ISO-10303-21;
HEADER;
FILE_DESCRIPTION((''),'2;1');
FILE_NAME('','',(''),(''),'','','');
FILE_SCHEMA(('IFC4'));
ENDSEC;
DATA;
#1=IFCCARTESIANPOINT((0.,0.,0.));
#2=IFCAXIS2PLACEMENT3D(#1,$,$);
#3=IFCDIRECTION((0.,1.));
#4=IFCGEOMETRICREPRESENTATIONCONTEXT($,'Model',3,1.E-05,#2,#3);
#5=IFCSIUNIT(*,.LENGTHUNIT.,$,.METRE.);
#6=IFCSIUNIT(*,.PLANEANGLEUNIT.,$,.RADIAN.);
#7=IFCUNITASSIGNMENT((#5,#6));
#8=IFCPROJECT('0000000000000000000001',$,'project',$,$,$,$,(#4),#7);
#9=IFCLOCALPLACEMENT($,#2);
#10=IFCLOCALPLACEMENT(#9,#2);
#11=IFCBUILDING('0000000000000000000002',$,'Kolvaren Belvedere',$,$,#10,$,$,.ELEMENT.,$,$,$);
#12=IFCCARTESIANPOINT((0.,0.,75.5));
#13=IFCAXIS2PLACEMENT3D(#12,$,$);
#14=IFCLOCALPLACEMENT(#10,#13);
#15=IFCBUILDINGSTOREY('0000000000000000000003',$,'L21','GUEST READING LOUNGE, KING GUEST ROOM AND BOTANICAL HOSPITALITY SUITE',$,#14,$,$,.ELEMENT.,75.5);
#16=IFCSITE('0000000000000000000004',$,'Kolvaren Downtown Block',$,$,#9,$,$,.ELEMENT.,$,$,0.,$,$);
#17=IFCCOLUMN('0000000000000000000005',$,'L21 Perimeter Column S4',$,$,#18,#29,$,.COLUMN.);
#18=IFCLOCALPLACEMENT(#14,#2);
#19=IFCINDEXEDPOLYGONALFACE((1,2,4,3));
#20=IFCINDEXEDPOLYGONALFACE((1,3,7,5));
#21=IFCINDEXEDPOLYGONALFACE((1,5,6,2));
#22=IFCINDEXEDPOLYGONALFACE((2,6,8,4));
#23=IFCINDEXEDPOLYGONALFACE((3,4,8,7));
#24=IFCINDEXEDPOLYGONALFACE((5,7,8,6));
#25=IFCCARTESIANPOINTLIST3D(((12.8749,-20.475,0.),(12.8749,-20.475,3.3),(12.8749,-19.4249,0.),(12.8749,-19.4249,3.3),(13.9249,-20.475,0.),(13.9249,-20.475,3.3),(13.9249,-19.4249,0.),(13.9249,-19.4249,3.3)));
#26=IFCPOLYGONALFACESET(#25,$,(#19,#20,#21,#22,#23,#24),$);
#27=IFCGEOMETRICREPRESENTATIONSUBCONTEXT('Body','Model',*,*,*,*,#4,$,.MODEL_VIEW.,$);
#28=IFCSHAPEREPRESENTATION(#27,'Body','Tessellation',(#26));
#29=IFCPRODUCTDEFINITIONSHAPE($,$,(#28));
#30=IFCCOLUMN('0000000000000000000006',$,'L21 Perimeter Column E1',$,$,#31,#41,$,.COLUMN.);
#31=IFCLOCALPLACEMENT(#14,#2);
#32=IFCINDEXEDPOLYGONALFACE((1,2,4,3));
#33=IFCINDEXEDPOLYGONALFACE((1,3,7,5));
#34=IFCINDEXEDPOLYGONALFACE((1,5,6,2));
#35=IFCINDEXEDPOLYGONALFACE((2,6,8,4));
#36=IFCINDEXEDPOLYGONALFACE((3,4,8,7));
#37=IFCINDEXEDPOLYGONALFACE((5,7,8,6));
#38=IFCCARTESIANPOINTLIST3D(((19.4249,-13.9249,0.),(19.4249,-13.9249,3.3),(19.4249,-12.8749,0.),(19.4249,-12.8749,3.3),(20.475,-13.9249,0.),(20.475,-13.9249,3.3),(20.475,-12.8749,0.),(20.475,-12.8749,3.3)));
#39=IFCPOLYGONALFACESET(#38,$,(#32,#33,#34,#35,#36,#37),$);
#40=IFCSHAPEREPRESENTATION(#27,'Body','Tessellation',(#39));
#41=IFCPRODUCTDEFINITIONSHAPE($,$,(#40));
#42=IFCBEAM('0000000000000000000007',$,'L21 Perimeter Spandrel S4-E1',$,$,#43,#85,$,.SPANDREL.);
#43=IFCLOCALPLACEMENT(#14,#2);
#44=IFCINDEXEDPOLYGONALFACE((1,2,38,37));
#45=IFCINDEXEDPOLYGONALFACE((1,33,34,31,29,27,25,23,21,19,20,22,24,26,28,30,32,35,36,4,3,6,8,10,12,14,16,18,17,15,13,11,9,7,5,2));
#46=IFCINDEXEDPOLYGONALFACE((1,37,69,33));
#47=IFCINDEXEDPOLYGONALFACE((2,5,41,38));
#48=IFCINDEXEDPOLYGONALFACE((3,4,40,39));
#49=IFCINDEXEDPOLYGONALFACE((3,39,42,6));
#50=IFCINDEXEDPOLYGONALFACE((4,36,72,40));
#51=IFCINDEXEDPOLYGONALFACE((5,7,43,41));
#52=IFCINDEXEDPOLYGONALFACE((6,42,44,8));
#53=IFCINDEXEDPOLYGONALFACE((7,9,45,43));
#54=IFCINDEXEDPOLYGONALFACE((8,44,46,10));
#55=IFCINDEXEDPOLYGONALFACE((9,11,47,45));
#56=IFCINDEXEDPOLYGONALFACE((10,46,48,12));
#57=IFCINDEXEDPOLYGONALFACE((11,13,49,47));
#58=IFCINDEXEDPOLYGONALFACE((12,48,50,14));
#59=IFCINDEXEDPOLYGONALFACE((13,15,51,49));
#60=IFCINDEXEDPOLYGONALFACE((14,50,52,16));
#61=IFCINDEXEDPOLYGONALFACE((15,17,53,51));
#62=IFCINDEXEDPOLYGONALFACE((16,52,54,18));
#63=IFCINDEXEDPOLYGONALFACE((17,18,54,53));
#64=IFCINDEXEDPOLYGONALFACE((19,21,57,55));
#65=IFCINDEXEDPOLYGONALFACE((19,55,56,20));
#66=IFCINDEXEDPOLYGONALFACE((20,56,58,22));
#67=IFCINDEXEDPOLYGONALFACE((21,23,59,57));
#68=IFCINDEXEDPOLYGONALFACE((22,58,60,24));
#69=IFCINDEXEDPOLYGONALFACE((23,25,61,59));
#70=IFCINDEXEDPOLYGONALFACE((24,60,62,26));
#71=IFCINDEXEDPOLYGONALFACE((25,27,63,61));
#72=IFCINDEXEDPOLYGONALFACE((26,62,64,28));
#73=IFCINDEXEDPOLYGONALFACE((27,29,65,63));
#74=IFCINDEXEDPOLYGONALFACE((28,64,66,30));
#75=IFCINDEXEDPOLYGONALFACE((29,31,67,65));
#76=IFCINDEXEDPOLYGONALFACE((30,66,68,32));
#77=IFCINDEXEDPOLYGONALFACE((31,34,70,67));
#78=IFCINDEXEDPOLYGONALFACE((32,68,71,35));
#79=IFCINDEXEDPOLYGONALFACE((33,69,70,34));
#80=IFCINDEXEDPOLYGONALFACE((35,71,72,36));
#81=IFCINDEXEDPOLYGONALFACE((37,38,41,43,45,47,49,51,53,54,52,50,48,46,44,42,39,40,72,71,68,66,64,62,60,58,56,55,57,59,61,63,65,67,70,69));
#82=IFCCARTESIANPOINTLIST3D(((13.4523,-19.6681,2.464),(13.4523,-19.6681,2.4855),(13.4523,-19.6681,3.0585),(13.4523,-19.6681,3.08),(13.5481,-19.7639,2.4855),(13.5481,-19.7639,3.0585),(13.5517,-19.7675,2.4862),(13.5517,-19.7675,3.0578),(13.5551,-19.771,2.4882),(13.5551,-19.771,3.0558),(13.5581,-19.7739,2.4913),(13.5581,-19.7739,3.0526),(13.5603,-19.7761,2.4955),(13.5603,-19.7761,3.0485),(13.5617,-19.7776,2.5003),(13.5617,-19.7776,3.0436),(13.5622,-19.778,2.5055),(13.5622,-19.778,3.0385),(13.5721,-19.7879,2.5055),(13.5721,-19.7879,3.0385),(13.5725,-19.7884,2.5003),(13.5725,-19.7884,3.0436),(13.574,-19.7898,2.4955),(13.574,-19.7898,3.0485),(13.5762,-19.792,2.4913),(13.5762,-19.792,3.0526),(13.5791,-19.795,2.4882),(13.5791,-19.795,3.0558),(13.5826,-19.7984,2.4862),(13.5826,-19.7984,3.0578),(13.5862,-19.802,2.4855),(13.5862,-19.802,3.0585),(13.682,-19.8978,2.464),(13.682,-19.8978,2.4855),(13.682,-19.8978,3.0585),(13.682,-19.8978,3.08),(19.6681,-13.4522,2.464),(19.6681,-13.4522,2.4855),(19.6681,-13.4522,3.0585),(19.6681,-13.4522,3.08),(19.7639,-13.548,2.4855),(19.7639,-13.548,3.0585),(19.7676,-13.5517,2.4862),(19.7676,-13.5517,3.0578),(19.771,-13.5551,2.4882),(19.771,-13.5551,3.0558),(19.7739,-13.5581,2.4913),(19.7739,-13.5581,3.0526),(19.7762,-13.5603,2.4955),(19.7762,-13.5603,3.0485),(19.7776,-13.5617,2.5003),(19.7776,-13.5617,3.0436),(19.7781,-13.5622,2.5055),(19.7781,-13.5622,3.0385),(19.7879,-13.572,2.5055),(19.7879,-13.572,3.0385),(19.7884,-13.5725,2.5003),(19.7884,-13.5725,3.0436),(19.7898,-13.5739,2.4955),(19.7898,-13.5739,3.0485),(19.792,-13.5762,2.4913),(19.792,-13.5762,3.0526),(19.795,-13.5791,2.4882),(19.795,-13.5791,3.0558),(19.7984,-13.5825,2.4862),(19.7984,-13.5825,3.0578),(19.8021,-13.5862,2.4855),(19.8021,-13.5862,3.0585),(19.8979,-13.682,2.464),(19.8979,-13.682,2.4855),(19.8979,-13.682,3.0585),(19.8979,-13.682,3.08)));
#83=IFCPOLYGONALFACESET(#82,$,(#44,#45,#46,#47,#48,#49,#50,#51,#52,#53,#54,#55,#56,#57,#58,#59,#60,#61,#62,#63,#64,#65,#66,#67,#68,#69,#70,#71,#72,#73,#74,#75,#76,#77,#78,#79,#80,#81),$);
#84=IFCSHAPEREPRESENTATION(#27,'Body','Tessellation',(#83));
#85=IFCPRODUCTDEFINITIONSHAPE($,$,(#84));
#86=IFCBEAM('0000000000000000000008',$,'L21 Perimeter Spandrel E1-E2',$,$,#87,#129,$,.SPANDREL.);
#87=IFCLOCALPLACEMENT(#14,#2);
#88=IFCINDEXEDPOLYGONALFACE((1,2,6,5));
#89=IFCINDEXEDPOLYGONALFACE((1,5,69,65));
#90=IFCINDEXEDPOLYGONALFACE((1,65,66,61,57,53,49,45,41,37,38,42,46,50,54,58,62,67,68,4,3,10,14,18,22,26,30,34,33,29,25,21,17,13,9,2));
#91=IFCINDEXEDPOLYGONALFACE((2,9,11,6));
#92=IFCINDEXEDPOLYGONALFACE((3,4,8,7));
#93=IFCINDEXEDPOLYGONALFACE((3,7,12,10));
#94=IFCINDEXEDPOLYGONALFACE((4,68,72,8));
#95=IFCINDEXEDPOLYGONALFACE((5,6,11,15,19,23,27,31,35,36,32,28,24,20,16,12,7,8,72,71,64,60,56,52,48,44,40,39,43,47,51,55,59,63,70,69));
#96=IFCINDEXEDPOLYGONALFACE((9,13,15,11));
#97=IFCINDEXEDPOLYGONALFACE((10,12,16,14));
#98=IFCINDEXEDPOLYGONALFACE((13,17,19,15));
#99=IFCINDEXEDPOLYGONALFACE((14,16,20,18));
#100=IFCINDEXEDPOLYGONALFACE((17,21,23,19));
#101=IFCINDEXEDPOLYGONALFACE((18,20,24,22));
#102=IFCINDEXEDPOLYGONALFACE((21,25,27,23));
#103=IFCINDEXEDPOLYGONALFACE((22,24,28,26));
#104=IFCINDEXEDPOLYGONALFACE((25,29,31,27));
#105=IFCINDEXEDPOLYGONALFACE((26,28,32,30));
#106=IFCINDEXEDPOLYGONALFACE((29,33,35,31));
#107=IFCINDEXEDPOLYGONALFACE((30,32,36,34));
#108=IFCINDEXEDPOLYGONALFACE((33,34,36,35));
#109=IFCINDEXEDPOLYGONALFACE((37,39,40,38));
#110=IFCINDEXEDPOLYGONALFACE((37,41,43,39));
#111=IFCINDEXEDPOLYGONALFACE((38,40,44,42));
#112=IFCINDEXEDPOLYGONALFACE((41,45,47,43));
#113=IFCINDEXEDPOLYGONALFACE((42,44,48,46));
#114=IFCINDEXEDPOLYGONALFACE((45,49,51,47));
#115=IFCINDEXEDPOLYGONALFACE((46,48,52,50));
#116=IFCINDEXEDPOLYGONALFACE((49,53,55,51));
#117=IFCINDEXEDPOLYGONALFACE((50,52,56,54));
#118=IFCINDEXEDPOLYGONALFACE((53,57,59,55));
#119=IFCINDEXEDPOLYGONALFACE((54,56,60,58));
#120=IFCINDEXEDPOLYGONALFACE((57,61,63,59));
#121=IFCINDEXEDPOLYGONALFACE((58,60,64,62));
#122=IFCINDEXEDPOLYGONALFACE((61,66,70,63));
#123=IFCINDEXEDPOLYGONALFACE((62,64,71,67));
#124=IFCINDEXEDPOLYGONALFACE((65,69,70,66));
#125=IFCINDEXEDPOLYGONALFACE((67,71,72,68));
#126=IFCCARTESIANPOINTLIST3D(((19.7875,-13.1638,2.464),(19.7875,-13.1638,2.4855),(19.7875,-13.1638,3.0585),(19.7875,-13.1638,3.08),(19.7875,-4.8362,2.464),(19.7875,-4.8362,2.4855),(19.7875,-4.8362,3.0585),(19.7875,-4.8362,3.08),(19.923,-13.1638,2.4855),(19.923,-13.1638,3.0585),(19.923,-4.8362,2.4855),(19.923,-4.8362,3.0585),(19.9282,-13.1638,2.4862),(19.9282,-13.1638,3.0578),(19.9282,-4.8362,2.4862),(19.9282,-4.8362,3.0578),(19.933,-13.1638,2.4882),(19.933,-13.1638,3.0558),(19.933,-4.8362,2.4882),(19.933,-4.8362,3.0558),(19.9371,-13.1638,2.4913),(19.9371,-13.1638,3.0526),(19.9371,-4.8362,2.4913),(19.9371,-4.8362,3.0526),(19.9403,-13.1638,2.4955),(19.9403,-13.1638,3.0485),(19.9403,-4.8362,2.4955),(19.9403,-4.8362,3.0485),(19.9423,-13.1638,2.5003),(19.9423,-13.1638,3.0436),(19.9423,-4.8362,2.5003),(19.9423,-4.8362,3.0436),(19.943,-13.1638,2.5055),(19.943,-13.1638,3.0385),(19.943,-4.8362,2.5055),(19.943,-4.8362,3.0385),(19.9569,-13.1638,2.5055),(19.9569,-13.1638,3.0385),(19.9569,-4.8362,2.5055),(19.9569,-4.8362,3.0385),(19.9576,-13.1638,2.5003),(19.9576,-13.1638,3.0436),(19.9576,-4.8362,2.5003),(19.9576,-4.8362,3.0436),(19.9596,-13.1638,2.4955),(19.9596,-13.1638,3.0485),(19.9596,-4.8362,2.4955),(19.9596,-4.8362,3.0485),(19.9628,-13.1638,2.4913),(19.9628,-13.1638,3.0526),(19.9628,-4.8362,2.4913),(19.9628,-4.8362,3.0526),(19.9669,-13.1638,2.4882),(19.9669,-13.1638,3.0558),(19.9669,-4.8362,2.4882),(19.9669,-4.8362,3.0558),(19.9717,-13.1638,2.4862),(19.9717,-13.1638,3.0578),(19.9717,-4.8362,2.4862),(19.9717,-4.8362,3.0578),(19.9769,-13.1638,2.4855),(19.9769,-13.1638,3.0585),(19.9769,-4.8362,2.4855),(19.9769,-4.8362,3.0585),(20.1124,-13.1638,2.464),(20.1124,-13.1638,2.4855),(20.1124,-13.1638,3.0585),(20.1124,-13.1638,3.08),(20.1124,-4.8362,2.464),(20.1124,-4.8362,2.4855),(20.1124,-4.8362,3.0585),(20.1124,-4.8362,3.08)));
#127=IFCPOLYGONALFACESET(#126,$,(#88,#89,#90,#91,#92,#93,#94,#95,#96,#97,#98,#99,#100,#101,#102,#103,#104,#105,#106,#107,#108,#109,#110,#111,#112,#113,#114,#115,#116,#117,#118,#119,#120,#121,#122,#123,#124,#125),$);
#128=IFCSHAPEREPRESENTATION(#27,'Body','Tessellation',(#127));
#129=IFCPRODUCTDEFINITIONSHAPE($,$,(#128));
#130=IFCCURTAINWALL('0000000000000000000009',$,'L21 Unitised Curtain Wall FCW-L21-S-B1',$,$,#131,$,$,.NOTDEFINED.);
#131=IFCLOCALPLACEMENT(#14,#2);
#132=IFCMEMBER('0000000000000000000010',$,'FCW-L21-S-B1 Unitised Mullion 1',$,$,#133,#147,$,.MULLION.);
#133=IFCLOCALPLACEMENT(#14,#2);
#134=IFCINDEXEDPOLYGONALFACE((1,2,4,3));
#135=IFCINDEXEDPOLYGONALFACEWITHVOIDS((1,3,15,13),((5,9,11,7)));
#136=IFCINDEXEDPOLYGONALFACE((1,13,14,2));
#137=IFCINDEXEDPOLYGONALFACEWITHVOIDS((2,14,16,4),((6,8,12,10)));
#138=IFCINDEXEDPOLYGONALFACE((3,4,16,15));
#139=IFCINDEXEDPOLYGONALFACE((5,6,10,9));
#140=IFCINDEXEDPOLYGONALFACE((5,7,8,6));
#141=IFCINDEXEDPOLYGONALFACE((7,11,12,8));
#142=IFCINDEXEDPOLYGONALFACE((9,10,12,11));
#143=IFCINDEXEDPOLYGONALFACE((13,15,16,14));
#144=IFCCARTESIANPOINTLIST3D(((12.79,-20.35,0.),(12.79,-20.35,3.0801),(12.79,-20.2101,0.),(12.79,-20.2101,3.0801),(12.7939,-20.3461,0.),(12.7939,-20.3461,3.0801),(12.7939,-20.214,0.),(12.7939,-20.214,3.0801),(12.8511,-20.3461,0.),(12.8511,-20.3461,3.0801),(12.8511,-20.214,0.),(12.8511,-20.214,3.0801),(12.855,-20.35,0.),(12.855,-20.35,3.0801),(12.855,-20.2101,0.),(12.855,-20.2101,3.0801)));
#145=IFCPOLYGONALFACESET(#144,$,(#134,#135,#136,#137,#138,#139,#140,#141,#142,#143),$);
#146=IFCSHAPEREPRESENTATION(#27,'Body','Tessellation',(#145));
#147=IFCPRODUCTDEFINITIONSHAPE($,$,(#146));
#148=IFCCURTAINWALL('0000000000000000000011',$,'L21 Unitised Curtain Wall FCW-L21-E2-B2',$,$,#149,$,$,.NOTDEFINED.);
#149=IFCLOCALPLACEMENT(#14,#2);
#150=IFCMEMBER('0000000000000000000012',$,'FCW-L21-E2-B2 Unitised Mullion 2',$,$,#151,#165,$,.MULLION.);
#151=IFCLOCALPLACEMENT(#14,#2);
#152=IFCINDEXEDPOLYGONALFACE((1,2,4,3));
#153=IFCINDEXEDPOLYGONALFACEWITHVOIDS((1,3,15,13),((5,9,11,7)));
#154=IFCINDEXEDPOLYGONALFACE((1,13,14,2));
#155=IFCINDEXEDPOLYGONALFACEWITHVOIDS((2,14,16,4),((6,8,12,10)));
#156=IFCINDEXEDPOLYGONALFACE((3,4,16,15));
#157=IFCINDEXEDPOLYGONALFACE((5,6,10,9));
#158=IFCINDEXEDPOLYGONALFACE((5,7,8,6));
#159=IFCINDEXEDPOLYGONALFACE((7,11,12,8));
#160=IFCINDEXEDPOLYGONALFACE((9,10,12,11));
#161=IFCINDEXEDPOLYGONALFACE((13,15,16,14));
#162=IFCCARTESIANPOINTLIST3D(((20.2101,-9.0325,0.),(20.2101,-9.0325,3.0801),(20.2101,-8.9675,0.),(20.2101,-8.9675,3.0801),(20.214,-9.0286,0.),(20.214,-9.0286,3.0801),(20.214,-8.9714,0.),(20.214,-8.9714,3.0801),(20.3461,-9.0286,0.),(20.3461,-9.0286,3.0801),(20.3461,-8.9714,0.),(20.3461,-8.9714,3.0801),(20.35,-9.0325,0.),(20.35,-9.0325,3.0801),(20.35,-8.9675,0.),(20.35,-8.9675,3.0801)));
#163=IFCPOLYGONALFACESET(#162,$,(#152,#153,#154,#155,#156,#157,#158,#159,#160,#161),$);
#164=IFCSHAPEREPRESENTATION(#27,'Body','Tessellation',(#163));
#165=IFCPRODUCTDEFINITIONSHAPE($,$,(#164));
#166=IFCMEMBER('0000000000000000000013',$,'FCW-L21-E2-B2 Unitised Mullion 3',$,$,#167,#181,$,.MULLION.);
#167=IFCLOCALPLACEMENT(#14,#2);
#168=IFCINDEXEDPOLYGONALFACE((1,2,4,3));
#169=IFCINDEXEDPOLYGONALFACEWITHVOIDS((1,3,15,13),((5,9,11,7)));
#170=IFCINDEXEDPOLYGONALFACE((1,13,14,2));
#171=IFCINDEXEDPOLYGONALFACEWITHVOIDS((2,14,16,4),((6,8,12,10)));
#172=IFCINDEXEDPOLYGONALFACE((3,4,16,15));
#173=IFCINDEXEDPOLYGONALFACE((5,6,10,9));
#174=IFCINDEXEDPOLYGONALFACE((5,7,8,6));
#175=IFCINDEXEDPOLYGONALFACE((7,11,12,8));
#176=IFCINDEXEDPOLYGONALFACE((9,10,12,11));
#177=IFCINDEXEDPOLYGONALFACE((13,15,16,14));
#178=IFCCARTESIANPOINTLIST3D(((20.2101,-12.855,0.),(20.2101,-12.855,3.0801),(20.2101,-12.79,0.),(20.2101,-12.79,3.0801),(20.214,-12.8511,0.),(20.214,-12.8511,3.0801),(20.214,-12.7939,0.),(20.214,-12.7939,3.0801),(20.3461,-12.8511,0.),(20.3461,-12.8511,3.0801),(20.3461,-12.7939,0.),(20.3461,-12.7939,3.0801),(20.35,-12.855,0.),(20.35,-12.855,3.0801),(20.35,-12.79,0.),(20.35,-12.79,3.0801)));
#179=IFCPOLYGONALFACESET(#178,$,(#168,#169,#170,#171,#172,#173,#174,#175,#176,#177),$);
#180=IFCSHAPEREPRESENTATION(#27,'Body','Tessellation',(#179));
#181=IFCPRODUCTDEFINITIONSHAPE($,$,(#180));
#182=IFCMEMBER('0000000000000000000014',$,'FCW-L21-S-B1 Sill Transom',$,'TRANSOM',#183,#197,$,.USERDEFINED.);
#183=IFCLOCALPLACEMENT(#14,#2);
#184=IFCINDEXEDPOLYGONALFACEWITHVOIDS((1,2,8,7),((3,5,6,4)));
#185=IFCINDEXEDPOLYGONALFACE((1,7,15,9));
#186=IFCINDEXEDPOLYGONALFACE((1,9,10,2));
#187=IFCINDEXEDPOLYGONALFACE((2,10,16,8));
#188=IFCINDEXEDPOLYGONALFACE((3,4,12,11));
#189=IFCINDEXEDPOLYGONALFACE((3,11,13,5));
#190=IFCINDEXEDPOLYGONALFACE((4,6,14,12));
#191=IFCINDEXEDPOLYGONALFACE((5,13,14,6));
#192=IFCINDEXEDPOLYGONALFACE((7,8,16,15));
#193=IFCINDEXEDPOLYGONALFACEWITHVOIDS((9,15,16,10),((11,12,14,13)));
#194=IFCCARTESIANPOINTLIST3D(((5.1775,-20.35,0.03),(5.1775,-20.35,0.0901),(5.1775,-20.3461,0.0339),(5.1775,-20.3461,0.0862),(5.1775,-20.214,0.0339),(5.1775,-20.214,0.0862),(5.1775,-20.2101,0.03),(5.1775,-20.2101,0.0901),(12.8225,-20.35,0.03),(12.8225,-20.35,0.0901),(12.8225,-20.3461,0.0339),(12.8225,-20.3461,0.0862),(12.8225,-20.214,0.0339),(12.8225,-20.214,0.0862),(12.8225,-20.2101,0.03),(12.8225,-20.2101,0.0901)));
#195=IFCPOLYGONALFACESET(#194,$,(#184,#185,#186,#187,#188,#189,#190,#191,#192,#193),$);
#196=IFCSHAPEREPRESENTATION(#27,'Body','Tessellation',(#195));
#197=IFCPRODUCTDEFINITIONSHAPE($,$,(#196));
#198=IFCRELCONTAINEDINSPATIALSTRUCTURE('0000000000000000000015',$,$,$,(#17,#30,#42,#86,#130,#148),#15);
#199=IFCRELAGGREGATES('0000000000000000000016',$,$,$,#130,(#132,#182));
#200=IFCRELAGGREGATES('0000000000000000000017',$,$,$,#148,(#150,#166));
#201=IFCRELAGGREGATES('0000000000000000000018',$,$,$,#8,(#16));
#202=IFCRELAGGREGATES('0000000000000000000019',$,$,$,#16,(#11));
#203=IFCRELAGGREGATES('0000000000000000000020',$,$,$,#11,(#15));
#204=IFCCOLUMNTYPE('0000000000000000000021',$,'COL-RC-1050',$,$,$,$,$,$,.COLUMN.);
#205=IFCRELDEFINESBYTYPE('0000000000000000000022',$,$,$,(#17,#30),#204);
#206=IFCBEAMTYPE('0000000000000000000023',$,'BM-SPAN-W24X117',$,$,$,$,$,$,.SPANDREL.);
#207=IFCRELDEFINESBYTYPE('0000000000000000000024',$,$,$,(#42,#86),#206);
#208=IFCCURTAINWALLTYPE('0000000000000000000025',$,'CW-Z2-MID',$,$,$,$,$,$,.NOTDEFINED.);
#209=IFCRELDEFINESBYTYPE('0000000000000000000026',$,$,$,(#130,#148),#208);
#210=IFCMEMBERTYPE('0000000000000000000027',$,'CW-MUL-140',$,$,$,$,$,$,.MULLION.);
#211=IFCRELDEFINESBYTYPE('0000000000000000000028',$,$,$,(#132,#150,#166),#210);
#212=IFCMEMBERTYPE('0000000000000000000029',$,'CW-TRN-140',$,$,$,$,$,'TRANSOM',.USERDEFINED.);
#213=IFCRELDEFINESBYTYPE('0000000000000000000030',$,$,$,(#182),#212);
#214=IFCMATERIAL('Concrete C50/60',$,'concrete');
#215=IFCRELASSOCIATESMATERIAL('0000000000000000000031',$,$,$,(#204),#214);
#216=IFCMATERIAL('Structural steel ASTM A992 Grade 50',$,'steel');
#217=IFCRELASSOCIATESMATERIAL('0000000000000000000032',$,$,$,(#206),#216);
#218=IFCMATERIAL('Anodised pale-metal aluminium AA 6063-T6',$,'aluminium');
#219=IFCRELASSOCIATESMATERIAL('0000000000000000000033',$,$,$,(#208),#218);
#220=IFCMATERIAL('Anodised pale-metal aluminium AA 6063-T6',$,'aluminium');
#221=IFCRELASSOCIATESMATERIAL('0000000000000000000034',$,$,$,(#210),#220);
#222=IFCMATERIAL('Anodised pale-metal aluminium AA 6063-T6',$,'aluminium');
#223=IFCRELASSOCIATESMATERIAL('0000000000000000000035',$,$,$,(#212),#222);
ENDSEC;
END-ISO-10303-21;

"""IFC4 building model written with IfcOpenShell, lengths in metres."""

from ifc_helpers import new_model, si_unit, direction, frame, origin, origin_2d, place, context, subcontext, project, spatial, rectangle, hollow_rectangle, i_section, extrude, material, material_profile, profile_set, type_object, element, aggregate, save


model = new_model("IFC4")

# Units and contexts
model_context = context("Model", 3, precision=1e-05, world=origin(), true_north=direction((0.0, 1.0)))
body_context = subcontext(model_context, "Body", "Model", "MODEL_VIEW")
ifc_project = project(units=[si_unit("LENGTHUNIT", "METRE"), si_unit("PLANEANGLEUNIT", "RADIAN")], contexts=[model_context])

# Site, building, storey
site_placement = place(None, origin())
site = spatial("IfcSite", under=ifc_project, at=site_placement, Name="Kolvaren Downtown Block", CompositionType="ELEMENT", RefElevation=0.0)
building_placement = place(site_placement, origin())
building = spatial("IfcBuilding", under=site, at=building_placement, Name="Kolvaren Belvedere", CompositionType="ELEMENT")
storey_placement = place(building_placement, frame((0.0, 0.0, 75.5)))
storey = spatial("IfcBuildingStorey", under=building, at=storey_placement, Name="L21", Description="GUEST READING LOUNGE, KING GUEST ROOM AND BOTANICAL HOSPITALITY SUITE", CompositionType="ELEMENT", Elevation=75.5)

# Columns
ifc_material_1 = material(Name="Concrete C50/60", Category="concrete")
ifc_material_profile_1 = material_profile(ifc_material_1, rectangle(XDim=1.05, YDim=1.05, at=origin_2d()), Name="RC 1050X1050")
ifc_profile_set_1 = profile_set([ifc_material_profile_1], Name="Concrete C50/60")
column_type = type_object("IfcColumnType", Name="COL-RC-1050", PredefinedType="COLUMN", material=ifc_profile_set_1)
for number, where, z_axis, x_axis, name in (
    (1, (13.3999, -19.95, 0.0), (0.0, 0.0, 1.0), (1.0, 0.0, 0.0), "L21 Perimeter Column S4"),
    (2, (19.95, -13.3999, 0.0), (0.0, 0.0, 1.0), (1.0, 0.0, 0.0), "L21 Perimeter Column E1"),
):
    element("IfcColumn", number, at=place(storey_placement, frame(where, z_axis=z_axis, x_axis=x_axis)), inside=storey, type_object=column_type, Name=name, PredefinedType="COLUMN", context=body_context, shape_type="SweptSolid", body=[
        extrude(rectangle(XDim=1.05, YDim=1.05, at=origin_2d()), origin(), (0.0, 0.0, 1.0), 3.3),
    ])

# Beams
ifc_material_2 = material(Name="Structural steel ASTM A992 Grade 50", Category="steel")
ifc_material_profile_2 = material_profile(ifc_material_2, i_section(OverallWidth=0.325, OverallDepth=0.616, WebThickness=0.0139, FlangeThickness=0.0215, FilletRadius=0.02, at=origin_2d()), Name="W24X117")
ifc_profile_set_2 = profile_set([ifc_material_profile_2], Name="Structural steel ASTM A992 Grade 50")
beam_type = type_object("IfcBeamType", Name="BM-SPAN-W24X117", PredefinedType="SPANDREL", material=ifc_profile_set_2)
beam_1_placement = place(storey_placement, frame((13.5671, -19.783, 2.772), z_axis=(0.707107, 0.707107, 0.0), x_axis=(-0.707107, 0.707107, 0.0)))
element("IfcBeam", 3, at=beam_1_placement, inside=storey, type_object=beam_type, Name="L21 Perimeter Spandrel S4-E1", PredefinedType="SPANDREL", context=body_context, shape_type="SweptSolid", body=[
    extrude(i_section(OverallWidth=0.325, OverallDepth=0.616, WebThickness=0.0139, FlangeThickness=0.0215, FilletRadius=0.02, at=origin_2d()), origin(), (0.0, 0.0, 1.0), 8.7905),
])
beam_2_placement = place(storey_placement, frame((19.95, -13.1638, 2.772), z_axis=(0.0, 1.0, 0.0), x_axis=(-1.0, 0.0, 0.0)))
element("IfcBeam", 4, at=beam_2_placement, inside=storey, type_object=beam_type, Name="L21 Perimeter Spandrel E1-E2", PredefinedType="SPANDREL", context=body_context, shape_type="SweptSolid", body=[
    extrude(i_section(OverallWidth=0.325, OverallDepth=0.616, WebThickness=0.0139, FlangeThickness=0.0215, FilletRadius=0.02, at=origin_2d()), origin(), (0.0, 0.0, 1.0), 8.3276),
])

# Curtain wall, member
ifc_material_3 = material(Name="Anodised pale-metal aluminium AA 6063-T6", Category="aluminium")
curtain_wall_type = type_object("IfcCurtainWallType", Name="CW-Z2-MID", PredefinedType="NOTDEFINED", material=ifc_material_3)
curtain_wall_1_placement = place(storey_placement, origin())
curtain_wall_1 = element("IfcCurtainWall", 5, at=curtain_wall_1_placement, inside=storey, type_object=curtain_wall_type, Name="L21 Unitised Curtain Wall FCW-L21-S-B1", PredefinedType="NOTDEFINED")
ifc_material_4 = material(Name="Anodised pale-metal aluminium AA 6063-T6", Category="aluminium")
ifc_material_profile_3 = material_profile(ifc_material_4, hollow_rectangle(XDim=0.0649, YDim=0.1399, WallThickness=0.0039, at=origin_2d()), Name="ALU-MUL-140X65")
ifc_profile_set_3 = profile_set([ifc_material_profile_3], Name="Anodised pale-metal aluminium AA 6063-T6")
member_type_1 = type_object("IfcMemberType", Name="CW-MUL-140", PredefinedType="MULLION", material=ifc_profile_set_3)
member_1_placement = place(storey_placement, frame((12.8225, -20.28, 0.0), z_axis=(0.0, 0.0, 1.0), x_axis=(1.0, 0.0, 0.0)))
member_1 = element("IfcMember", 6, at=member_1_placement, type_object=member_type_1, Name="FCW-L21-S-B1 Unitised Mullion 1", PredefinedType="MULLION", context=body_context, shape_type="SweptSolid", body=[
    extrude(hollow_rectangle(XDim=0.0649, YDim=0.1399, WallThickness=0.0039, at=origin_2d()), origin(), (0.0, 0.0, 1.0), 3.0801),
])

# Curtain wall, members
curtain_wall_2_placement = place(storey_placement, origin())
curtain_wall_2 = element("IfcCurtainWall", 7, at=curtain_wall_2_placement, inside=storey, type_object=curtain_wall_type, Name="L21 Unitised Curtain Wall FCW-L21-E2-B2", PredefinedType="NOTDEFINED")
member_2_placement = place(storey_placement, frame((20.28, -9.0, 0.0), z_axis=(0.0, 0.0, 1.0), x_axis=(0.0, 1.0, 0.0)))
member_2 = element("IfcMember", 8, at=member_2_placement, type_object=member_type_1, Name="FCW-L21-E2-B2 Unitised Mullion 2", PredefinedType="MULLION", context=body_context, shape_type="SweptSolid", body=[
    extrude(hollow_rectangle(XDim=0.0649, YDim=0.1399, WallThickness=0.0039, at=origin_2d()), origin(), (0.0, 0.0, 1.0), 3.0801),
])
member_3_placement = place(storey_placement, frame((20.28, -12.8225, 0.0), z_axis=(0.0, 0.0, 1.0), x_axis=(0.0, 1.0, 0.0)))
member_3 = element("IfcMember", 9, at=member_3_placement, type_object=member_type_1, Name="FCW-L21-E2-B2 Unitised Mullion 3", PredefinedType="MULLION", context=body_context, shape_type="SweptSolid", body=[
    extrude(hollow_rectangle(XDim=0.0649, YDim=0.1399, WallThickness=0.0039, at=origin_2d()), origin(), (0.0, 0.0, 1.0), 3.0801),
])

# Member
ifc_material_5 = material(Name="Anodised pale-metal aluminium AA 6063-T6", Category="aluminium")
ifc_material_profile_4 = material_profile(ifc_material_5, hollow_rectangle(XDim=0.0601, YDim=0.1399, WallThickness=0.0039, at=origin_2d()), Name="ALU-TRN-140X60")
ifc_profile_set_4 = profile_set([ifc_material_profile_4], Name="Anodised pale-metal aluminium AA 6063-T6")
member_type_2 = type_object("IfcMemberType", Name="CW-TRN-140", ElementType="TRANSOM", PredefinedType="USERDEFINED", material=ifc_profile_set_4)
member_4_placement = place(storey_placement, frame((12.8225, -20.28, 0.0601), z_axis=(-1.0, 0.0, 0.0), x_axis=(0.0, 0.0, 1.0)))
member_4 = element("IfcMember", 10, at=member_4_placement, type_object=member_type_2, Name="FCW-L21-S-B1 Sill Transom", ObjectType="TRANSOM", PredefinedType="USERDEFINED", context=body_context, shape_type="SweptSolid", body=[
    extrude(hollow_rectangle(XDim=0.0601, YDim=0.1399, WallThickness=0.0039, at=origin_2d()), origin(), (0.0, 0.0, 1.0), 7.645),
])
aggregate(curtain_wall_1, [member_1, member_4])

aggregate(curtain_wall_2, [member_2, member_3])

save(model, "model.ifc")
